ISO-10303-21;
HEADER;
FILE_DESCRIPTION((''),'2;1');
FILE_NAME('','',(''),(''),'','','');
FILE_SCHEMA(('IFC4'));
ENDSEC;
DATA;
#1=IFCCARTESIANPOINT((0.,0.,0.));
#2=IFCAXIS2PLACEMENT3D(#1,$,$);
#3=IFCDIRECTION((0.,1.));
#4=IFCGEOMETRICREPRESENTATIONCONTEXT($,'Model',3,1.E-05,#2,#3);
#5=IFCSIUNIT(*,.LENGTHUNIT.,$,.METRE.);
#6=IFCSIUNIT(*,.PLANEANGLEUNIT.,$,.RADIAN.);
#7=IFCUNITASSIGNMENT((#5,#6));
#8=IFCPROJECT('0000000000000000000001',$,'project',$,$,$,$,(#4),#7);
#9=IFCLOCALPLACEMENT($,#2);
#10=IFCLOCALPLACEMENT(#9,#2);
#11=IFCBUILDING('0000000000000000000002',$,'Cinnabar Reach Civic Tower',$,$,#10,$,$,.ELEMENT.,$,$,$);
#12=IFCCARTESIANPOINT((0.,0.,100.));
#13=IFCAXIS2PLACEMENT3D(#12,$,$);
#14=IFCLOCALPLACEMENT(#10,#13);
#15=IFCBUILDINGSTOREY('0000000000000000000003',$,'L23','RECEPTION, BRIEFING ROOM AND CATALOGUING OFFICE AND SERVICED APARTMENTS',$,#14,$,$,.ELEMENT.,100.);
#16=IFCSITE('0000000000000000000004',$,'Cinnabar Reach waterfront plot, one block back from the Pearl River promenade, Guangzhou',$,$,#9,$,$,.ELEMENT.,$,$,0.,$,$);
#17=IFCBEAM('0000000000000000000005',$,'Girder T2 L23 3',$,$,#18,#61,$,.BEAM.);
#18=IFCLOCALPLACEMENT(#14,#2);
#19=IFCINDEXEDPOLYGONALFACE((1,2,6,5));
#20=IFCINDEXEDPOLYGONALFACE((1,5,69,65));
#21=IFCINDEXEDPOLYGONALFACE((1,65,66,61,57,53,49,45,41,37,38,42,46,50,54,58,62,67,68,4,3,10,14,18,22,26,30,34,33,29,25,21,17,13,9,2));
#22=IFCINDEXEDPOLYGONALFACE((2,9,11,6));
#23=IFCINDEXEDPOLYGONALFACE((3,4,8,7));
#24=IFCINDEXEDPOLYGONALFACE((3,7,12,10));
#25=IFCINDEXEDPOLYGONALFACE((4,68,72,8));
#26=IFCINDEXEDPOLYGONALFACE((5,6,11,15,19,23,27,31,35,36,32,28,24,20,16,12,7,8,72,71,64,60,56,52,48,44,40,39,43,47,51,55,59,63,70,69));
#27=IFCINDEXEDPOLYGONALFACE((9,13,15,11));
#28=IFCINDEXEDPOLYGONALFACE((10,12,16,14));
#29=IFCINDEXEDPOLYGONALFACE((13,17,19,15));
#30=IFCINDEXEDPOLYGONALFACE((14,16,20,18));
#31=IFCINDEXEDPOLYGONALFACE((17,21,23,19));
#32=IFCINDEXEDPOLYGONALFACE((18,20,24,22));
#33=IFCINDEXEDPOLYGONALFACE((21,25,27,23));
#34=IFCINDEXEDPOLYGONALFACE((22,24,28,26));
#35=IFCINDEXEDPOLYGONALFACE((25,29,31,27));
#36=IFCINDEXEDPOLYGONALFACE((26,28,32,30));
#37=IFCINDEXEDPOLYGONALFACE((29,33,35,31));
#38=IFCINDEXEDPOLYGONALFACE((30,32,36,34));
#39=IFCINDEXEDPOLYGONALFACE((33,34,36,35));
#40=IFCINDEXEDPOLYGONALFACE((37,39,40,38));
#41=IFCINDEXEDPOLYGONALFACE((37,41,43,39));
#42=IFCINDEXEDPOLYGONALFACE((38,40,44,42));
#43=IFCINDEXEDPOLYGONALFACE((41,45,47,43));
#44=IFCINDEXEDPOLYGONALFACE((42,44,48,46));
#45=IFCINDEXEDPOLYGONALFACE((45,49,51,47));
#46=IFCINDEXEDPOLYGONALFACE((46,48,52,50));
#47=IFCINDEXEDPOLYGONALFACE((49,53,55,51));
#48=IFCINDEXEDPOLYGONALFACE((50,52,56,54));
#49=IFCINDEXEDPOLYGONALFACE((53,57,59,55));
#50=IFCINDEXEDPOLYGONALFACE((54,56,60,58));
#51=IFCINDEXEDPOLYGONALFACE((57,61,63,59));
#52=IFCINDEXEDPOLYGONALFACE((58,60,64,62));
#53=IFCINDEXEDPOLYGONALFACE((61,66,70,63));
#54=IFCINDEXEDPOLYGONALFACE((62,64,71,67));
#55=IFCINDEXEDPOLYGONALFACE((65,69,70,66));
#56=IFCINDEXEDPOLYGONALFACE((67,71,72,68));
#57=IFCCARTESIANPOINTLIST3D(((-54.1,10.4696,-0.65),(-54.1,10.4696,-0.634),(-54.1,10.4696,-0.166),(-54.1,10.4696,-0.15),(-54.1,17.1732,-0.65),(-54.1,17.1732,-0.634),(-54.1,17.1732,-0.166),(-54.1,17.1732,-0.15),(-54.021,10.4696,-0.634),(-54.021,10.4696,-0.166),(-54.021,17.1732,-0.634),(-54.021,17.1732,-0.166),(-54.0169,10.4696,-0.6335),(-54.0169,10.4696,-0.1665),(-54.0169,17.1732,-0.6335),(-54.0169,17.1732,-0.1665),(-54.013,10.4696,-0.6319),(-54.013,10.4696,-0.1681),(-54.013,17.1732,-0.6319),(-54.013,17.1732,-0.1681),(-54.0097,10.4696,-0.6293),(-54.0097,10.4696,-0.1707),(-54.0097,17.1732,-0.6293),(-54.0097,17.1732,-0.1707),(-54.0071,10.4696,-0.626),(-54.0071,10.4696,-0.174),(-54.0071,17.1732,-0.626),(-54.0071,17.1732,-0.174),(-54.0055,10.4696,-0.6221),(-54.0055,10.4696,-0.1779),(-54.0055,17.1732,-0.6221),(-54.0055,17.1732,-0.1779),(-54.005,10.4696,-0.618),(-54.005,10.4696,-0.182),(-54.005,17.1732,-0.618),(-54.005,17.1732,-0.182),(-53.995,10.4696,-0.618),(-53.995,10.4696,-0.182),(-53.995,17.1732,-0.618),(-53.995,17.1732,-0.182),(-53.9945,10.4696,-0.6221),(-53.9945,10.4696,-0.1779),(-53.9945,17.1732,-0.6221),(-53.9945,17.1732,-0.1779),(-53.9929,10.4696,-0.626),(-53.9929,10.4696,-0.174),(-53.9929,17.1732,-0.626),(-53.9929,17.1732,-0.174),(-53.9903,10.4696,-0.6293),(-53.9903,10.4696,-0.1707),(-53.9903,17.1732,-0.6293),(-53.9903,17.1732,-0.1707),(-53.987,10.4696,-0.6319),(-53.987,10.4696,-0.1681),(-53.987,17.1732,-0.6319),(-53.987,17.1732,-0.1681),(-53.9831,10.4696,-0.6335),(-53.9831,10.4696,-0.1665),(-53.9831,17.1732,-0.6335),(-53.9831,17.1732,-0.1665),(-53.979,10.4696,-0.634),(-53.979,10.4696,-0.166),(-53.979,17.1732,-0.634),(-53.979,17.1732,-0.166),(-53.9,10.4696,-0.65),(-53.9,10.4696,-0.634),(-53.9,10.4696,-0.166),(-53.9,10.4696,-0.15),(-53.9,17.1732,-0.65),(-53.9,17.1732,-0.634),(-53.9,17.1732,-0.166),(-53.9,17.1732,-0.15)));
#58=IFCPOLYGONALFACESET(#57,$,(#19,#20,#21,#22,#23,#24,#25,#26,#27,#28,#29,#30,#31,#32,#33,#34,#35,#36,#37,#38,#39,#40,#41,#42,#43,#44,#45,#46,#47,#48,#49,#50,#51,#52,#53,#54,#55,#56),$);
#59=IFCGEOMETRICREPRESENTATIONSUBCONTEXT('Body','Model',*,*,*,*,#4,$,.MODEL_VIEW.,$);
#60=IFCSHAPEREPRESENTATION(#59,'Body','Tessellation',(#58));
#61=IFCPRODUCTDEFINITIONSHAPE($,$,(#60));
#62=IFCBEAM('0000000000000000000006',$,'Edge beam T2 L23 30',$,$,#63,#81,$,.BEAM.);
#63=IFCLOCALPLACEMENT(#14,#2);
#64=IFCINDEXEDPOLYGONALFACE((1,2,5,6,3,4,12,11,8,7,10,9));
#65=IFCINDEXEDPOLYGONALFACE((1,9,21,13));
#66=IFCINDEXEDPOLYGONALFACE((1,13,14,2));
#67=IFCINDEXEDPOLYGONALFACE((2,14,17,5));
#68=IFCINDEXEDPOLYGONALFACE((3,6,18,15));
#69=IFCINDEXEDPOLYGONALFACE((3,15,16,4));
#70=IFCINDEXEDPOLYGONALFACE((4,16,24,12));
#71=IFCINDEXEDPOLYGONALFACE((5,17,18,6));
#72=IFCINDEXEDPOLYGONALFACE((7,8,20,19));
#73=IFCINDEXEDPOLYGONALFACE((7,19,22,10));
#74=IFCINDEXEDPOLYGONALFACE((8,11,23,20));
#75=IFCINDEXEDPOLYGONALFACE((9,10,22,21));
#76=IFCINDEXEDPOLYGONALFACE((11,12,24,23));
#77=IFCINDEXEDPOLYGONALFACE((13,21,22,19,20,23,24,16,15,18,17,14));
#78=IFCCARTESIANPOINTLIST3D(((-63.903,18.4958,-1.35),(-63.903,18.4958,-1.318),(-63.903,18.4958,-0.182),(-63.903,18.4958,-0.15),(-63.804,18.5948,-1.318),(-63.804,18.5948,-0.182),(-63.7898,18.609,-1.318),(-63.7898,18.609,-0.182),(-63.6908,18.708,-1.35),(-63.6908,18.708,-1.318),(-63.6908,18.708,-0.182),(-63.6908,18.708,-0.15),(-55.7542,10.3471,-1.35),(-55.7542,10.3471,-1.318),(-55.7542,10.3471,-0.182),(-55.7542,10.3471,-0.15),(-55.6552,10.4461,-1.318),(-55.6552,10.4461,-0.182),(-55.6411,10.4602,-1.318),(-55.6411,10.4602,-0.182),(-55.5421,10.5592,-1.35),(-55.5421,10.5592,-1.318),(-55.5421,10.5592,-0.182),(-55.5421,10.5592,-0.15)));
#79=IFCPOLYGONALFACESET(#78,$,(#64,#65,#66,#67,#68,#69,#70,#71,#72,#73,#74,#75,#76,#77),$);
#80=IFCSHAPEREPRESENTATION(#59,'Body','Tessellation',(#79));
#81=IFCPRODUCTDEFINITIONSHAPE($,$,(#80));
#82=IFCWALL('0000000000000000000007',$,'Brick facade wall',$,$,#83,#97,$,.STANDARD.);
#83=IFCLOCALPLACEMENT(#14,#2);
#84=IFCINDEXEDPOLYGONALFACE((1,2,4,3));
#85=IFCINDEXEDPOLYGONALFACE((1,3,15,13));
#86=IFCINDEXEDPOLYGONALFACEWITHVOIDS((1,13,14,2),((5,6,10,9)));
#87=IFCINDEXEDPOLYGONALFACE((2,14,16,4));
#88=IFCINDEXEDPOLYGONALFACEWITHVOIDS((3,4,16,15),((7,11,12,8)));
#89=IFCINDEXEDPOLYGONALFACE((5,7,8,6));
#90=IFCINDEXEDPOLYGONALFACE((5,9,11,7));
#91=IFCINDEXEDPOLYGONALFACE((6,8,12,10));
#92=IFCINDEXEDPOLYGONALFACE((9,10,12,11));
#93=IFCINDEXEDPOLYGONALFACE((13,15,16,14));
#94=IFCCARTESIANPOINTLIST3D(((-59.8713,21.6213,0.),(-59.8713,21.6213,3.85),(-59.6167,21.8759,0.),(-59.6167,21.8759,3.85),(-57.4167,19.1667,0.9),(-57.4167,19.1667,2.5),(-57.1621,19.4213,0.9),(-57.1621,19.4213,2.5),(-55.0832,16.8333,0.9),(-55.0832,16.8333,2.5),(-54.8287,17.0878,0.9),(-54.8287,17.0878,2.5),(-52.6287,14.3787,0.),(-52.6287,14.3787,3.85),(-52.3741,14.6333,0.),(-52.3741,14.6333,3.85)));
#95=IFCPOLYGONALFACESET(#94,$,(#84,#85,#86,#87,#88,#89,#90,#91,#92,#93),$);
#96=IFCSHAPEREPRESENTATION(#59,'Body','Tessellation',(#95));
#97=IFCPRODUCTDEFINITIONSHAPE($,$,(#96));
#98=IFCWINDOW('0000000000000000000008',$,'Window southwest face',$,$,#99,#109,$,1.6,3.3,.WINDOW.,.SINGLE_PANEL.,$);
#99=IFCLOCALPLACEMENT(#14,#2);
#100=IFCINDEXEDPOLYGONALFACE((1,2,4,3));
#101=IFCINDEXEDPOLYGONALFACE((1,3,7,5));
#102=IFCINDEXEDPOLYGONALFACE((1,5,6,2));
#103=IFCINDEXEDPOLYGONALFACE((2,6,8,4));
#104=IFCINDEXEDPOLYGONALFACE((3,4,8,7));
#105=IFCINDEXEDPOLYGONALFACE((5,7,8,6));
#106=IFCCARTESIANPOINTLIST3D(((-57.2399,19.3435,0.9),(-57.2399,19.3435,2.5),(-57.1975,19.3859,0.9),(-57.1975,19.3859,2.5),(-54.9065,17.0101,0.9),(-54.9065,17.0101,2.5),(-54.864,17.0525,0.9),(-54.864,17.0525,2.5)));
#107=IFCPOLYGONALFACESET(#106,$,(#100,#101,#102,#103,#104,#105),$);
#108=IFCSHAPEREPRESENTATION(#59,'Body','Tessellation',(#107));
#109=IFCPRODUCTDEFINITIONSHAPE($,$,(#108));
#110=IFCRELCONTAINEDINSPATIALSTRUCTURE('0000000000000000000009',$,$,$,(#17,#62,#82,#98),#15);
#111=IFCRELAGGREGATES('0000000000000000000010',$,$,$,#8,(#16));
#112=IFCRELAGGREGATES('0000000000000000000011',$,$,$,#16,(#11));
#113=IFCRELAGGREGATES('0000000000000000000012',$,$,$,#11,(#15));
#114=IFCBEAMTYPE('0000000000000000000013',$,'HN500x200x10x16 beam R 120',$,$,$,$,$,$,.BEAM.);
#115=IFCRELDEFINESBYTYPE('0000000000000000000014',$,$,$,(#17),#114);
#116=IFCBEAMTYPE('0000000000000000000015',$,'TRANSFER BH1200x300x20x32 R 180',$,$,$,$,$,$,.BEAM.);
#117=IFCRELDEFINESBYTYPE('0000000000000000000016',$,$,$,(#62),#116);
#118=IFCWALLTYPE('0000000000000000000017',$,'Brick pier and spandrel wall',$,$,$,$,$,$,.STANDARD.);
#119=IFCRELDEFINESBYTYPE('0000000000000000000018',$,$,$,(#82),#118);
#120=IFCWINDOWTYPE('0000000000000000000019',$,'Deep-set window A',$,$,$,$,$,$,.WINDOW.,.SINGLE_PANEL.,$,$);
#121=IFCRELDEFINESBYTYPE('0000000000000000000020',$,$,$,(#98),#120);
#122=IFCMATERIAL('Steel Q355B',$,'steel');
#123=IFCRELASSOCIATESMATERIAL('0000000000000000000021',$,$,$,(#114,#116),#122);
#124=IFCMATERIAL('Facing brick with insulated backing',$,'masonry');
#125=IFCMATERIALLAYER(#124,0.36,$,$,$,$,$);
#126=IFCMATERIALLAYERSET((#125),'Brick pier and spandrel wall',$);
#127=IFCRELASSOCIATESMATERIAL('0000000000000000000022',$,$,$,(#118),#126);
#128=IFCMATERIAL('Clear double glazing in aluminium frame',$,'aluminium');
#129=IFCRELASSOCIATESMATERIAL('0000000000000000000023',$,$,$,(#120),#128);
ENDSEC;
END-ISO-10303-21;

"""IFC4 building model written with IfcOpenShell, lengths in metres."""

from ifc_helpers import new_model, si_unit, direction, frame, frame_2d, origin, origin_2d, place, context, subcontext, project, spatial, rectangle, i_section, extrude, material, layer, layer_set, material_profile, profile_set, type_object, element, fill, save


model = new_model("IFC4")

# Units and contexts
model_context = context("Model", 3, precision=1e-05, world=origin(), true_north=direction((0.0, 1.0)))
body_context = subcontext(model_context, "Body", "Model", "MODEL_VIEW")
ifc_project = project(units=[si_unit("LENGTHUNIT", "METRE"), si_unit("PLANEANGLEUNIT", "RADIAN")], contexts=[model_context])

# Site, building, storey
site_placement = place(None, origin())
site = spatial("IfcSite", under=ifc_project, at=site_placement, Name="Cinnabar Reach waterfront plot, one block back from the Pearl River promenade, Guangzhou", CompositionType="ELEMENT", RefElevation=0.0)
building_placement = place(site_placement, origin())
building = spatial("IfcBuilding", under=site, at=building_placement, Name="Cinnabar Reach Civic Tower", CompositionType="ELEMENT")
storey_placement = place(building_placement, frame((0.0, 0.0, 100.0)))
storey = spatial("IfcBuildingStorey", under=building, at=storey_placement, Name="L23", Description="RECEPTION, BRIEFING ROOM AND CATALOGUING OFFICE AND SERVICED APARTMENTS", CompositionType="ELEMENT", Elevation=100.0)

# Beams
ifc_material_1 = material(Name="Steel Q355B", Category="steel")
ifc_material_profile_1 = material_profile(ifc_material_1, i_section(OverallWidth=0.2, OverallDepth=0.5, WebThickness=0.01, FlangeThickness=0.016, FilletRadius=0.016, at=origin_2d()), Name="HN500x200x10x16")
ifc_profile_set_1 = profile_set([ifc_material_profile_1], Name="Steel Q355B")
beam_type_1 = type_object("IfcBeamType", Name="HN500x200x10x16 beam R 120", PredefinedType="BEAM", material=ifc_profile_set_1)
beam_1_placement = place(storey_placement, frame((-54.0, 10.4696, -0.4), z_axis=(0.0, 1.0, 0.0), x_axis=(-1.0, 0.0, 0.0)))
element("IfcBeam", 1, at=beam_1_placement, inside=storey, type_object=beam_type_1, Name="Girder T2 L23 3", PredefinedType="BEAM", context=body_context, shape_type="SweptSolid", body=[
    extrude(i_section(OverallWidth=0.2, OverallDepth=0.5, WebThickness=0.01, FlangeThickness=0.016, FilletRadius=0.016, at=origin_2d()), origin(), (0.0, 0.0, 1.0), 6.7036),
])
ifc_material_profile_2 = material_profile(ifc_material_1, i_section(OverallWidth=0.3, OverallDepth=1.2, WebThickness=0.02, FlangeThickness=0.032, at=origin_2d()), Name="BH1200x300x20x32")
ifc_profile_set_2 = profile_set([ifc_material_profile_2], Name="Steel Q355B")
beam_type_2 = type_object("IfcBeamType", Name="TRANSFER BH1200x300x20x32 R 180", PredefinedType="BEAM", material=ifc_profile_set_2)
beam_2_placement = place(storey_placement, frame((-63.7969, 18.6019, -0.75), z_axis=(0.707107, -0.707107, 0.0), x_axis=(0.707107, 0.707107, 0.0)))
element("IfcBeam", 2, at=beam_2_placement, inside=storey, type_object=beam_type_2, Name="Edge beam T2 L23 30", PredefinedType="BEAM", context=body_context, shape_type="SweptSolid", body=[
    extrude(i_section(OverallWidth=0.3, OverallDepth=1.2, WebThickness=0.02, FlangeThickness=0.032, at=origin_2d()), origin(), (0.0, 0.0, 1.0), 11.5241),
])

# Wall, opening, window
ifc_material_2 = material(Name="Facing brick with insulated backing", Category="masonry")
ifc_layer_1 = layer(ifc_material_2, 0.36)
ifc_layer_set_1 = layer_set([ifc_layer_1], Name="Brick pier and spandrel wall")
wall_type_1 = type_object("IfcWallType", Name="Brick pier and spandrel wall", PredefinedType="STANDARD", material=ifc_layer_set_1)
wall_1_placement = place(storey_placement, frame((-59.744, 21.7486, 0.0), z_axis=(0.0, 0.0, 1.0), x_axis=(0.707107, -0.707107, 0.0)))
wall_1 = element("IfcWall", 3, at=wall_1_placement, inside=storey, type_object=wall_type_1, Name="Brick facade wall", PredefinedType="STANDARD", context=body_context, shape_type="SweptSolid", body=[
    extrude(rectangle(XDim=10.2426, YDim=0.36, at=frame_2d((5.1213, 0.0))), origin(), (0.0, 0.0, 1.0), 3.85),
])
opening_1_placement = place(wall_1_placement, frame((3.4713, 0.0, 0.9)))
opening_1 = element("IfcOpeningElement", 4, at=opening_1_placement, cuts=wall_1, PredefinedType="OPENING", context=body_context, shape_type="SweptSolid", body=[
    extrude(rectangle(XDim=3.3, YDim=1.6, at=frame_2d((1.65, 0.8))), frame((0.0, 0.19, 0.0), z_axis=(0.0, -1.0, 0.0), x_axis=(1.0, 0.0, 0.0)), (0.0, 0.0, 1.0), 0.38),
])
ifc_material_3 = material(Name="Clear double glazing in aluminium frame", Category="aluminium")
window_type = type_object("IfcWindowType", Name="Deep-set window A", PartitioningType="SINGLE_PANEL", PredefinedType="WINDOW", material=ifc_material_3)
window_placement = place(opening_1_placement, origin())
window = element("IfcWindow", 5, at=window_placement, inside=storey, type_object=window_type, Name="Window southwest face", OverallHeight=1.6, OverallWidth=3.3, PartitioningType="SINGLE_PANEL", PredefinedType="WINDOW", context=body_context, shape_type="SweptSolid", body=[
    extrude(rectangle(XDim=3.3, YDim=1.6, at=frame_2d((1.65, 0.8))), frame((0.0, 0.13, 0.0), z_axis=(0.0, -1.0, 0.0), x_axis=(1.0, 0.0, 0.0)), (0.0, 0.0, 1.0), 0.06),
])
fill(opening_1, window)

save(model, "model.ifc")
